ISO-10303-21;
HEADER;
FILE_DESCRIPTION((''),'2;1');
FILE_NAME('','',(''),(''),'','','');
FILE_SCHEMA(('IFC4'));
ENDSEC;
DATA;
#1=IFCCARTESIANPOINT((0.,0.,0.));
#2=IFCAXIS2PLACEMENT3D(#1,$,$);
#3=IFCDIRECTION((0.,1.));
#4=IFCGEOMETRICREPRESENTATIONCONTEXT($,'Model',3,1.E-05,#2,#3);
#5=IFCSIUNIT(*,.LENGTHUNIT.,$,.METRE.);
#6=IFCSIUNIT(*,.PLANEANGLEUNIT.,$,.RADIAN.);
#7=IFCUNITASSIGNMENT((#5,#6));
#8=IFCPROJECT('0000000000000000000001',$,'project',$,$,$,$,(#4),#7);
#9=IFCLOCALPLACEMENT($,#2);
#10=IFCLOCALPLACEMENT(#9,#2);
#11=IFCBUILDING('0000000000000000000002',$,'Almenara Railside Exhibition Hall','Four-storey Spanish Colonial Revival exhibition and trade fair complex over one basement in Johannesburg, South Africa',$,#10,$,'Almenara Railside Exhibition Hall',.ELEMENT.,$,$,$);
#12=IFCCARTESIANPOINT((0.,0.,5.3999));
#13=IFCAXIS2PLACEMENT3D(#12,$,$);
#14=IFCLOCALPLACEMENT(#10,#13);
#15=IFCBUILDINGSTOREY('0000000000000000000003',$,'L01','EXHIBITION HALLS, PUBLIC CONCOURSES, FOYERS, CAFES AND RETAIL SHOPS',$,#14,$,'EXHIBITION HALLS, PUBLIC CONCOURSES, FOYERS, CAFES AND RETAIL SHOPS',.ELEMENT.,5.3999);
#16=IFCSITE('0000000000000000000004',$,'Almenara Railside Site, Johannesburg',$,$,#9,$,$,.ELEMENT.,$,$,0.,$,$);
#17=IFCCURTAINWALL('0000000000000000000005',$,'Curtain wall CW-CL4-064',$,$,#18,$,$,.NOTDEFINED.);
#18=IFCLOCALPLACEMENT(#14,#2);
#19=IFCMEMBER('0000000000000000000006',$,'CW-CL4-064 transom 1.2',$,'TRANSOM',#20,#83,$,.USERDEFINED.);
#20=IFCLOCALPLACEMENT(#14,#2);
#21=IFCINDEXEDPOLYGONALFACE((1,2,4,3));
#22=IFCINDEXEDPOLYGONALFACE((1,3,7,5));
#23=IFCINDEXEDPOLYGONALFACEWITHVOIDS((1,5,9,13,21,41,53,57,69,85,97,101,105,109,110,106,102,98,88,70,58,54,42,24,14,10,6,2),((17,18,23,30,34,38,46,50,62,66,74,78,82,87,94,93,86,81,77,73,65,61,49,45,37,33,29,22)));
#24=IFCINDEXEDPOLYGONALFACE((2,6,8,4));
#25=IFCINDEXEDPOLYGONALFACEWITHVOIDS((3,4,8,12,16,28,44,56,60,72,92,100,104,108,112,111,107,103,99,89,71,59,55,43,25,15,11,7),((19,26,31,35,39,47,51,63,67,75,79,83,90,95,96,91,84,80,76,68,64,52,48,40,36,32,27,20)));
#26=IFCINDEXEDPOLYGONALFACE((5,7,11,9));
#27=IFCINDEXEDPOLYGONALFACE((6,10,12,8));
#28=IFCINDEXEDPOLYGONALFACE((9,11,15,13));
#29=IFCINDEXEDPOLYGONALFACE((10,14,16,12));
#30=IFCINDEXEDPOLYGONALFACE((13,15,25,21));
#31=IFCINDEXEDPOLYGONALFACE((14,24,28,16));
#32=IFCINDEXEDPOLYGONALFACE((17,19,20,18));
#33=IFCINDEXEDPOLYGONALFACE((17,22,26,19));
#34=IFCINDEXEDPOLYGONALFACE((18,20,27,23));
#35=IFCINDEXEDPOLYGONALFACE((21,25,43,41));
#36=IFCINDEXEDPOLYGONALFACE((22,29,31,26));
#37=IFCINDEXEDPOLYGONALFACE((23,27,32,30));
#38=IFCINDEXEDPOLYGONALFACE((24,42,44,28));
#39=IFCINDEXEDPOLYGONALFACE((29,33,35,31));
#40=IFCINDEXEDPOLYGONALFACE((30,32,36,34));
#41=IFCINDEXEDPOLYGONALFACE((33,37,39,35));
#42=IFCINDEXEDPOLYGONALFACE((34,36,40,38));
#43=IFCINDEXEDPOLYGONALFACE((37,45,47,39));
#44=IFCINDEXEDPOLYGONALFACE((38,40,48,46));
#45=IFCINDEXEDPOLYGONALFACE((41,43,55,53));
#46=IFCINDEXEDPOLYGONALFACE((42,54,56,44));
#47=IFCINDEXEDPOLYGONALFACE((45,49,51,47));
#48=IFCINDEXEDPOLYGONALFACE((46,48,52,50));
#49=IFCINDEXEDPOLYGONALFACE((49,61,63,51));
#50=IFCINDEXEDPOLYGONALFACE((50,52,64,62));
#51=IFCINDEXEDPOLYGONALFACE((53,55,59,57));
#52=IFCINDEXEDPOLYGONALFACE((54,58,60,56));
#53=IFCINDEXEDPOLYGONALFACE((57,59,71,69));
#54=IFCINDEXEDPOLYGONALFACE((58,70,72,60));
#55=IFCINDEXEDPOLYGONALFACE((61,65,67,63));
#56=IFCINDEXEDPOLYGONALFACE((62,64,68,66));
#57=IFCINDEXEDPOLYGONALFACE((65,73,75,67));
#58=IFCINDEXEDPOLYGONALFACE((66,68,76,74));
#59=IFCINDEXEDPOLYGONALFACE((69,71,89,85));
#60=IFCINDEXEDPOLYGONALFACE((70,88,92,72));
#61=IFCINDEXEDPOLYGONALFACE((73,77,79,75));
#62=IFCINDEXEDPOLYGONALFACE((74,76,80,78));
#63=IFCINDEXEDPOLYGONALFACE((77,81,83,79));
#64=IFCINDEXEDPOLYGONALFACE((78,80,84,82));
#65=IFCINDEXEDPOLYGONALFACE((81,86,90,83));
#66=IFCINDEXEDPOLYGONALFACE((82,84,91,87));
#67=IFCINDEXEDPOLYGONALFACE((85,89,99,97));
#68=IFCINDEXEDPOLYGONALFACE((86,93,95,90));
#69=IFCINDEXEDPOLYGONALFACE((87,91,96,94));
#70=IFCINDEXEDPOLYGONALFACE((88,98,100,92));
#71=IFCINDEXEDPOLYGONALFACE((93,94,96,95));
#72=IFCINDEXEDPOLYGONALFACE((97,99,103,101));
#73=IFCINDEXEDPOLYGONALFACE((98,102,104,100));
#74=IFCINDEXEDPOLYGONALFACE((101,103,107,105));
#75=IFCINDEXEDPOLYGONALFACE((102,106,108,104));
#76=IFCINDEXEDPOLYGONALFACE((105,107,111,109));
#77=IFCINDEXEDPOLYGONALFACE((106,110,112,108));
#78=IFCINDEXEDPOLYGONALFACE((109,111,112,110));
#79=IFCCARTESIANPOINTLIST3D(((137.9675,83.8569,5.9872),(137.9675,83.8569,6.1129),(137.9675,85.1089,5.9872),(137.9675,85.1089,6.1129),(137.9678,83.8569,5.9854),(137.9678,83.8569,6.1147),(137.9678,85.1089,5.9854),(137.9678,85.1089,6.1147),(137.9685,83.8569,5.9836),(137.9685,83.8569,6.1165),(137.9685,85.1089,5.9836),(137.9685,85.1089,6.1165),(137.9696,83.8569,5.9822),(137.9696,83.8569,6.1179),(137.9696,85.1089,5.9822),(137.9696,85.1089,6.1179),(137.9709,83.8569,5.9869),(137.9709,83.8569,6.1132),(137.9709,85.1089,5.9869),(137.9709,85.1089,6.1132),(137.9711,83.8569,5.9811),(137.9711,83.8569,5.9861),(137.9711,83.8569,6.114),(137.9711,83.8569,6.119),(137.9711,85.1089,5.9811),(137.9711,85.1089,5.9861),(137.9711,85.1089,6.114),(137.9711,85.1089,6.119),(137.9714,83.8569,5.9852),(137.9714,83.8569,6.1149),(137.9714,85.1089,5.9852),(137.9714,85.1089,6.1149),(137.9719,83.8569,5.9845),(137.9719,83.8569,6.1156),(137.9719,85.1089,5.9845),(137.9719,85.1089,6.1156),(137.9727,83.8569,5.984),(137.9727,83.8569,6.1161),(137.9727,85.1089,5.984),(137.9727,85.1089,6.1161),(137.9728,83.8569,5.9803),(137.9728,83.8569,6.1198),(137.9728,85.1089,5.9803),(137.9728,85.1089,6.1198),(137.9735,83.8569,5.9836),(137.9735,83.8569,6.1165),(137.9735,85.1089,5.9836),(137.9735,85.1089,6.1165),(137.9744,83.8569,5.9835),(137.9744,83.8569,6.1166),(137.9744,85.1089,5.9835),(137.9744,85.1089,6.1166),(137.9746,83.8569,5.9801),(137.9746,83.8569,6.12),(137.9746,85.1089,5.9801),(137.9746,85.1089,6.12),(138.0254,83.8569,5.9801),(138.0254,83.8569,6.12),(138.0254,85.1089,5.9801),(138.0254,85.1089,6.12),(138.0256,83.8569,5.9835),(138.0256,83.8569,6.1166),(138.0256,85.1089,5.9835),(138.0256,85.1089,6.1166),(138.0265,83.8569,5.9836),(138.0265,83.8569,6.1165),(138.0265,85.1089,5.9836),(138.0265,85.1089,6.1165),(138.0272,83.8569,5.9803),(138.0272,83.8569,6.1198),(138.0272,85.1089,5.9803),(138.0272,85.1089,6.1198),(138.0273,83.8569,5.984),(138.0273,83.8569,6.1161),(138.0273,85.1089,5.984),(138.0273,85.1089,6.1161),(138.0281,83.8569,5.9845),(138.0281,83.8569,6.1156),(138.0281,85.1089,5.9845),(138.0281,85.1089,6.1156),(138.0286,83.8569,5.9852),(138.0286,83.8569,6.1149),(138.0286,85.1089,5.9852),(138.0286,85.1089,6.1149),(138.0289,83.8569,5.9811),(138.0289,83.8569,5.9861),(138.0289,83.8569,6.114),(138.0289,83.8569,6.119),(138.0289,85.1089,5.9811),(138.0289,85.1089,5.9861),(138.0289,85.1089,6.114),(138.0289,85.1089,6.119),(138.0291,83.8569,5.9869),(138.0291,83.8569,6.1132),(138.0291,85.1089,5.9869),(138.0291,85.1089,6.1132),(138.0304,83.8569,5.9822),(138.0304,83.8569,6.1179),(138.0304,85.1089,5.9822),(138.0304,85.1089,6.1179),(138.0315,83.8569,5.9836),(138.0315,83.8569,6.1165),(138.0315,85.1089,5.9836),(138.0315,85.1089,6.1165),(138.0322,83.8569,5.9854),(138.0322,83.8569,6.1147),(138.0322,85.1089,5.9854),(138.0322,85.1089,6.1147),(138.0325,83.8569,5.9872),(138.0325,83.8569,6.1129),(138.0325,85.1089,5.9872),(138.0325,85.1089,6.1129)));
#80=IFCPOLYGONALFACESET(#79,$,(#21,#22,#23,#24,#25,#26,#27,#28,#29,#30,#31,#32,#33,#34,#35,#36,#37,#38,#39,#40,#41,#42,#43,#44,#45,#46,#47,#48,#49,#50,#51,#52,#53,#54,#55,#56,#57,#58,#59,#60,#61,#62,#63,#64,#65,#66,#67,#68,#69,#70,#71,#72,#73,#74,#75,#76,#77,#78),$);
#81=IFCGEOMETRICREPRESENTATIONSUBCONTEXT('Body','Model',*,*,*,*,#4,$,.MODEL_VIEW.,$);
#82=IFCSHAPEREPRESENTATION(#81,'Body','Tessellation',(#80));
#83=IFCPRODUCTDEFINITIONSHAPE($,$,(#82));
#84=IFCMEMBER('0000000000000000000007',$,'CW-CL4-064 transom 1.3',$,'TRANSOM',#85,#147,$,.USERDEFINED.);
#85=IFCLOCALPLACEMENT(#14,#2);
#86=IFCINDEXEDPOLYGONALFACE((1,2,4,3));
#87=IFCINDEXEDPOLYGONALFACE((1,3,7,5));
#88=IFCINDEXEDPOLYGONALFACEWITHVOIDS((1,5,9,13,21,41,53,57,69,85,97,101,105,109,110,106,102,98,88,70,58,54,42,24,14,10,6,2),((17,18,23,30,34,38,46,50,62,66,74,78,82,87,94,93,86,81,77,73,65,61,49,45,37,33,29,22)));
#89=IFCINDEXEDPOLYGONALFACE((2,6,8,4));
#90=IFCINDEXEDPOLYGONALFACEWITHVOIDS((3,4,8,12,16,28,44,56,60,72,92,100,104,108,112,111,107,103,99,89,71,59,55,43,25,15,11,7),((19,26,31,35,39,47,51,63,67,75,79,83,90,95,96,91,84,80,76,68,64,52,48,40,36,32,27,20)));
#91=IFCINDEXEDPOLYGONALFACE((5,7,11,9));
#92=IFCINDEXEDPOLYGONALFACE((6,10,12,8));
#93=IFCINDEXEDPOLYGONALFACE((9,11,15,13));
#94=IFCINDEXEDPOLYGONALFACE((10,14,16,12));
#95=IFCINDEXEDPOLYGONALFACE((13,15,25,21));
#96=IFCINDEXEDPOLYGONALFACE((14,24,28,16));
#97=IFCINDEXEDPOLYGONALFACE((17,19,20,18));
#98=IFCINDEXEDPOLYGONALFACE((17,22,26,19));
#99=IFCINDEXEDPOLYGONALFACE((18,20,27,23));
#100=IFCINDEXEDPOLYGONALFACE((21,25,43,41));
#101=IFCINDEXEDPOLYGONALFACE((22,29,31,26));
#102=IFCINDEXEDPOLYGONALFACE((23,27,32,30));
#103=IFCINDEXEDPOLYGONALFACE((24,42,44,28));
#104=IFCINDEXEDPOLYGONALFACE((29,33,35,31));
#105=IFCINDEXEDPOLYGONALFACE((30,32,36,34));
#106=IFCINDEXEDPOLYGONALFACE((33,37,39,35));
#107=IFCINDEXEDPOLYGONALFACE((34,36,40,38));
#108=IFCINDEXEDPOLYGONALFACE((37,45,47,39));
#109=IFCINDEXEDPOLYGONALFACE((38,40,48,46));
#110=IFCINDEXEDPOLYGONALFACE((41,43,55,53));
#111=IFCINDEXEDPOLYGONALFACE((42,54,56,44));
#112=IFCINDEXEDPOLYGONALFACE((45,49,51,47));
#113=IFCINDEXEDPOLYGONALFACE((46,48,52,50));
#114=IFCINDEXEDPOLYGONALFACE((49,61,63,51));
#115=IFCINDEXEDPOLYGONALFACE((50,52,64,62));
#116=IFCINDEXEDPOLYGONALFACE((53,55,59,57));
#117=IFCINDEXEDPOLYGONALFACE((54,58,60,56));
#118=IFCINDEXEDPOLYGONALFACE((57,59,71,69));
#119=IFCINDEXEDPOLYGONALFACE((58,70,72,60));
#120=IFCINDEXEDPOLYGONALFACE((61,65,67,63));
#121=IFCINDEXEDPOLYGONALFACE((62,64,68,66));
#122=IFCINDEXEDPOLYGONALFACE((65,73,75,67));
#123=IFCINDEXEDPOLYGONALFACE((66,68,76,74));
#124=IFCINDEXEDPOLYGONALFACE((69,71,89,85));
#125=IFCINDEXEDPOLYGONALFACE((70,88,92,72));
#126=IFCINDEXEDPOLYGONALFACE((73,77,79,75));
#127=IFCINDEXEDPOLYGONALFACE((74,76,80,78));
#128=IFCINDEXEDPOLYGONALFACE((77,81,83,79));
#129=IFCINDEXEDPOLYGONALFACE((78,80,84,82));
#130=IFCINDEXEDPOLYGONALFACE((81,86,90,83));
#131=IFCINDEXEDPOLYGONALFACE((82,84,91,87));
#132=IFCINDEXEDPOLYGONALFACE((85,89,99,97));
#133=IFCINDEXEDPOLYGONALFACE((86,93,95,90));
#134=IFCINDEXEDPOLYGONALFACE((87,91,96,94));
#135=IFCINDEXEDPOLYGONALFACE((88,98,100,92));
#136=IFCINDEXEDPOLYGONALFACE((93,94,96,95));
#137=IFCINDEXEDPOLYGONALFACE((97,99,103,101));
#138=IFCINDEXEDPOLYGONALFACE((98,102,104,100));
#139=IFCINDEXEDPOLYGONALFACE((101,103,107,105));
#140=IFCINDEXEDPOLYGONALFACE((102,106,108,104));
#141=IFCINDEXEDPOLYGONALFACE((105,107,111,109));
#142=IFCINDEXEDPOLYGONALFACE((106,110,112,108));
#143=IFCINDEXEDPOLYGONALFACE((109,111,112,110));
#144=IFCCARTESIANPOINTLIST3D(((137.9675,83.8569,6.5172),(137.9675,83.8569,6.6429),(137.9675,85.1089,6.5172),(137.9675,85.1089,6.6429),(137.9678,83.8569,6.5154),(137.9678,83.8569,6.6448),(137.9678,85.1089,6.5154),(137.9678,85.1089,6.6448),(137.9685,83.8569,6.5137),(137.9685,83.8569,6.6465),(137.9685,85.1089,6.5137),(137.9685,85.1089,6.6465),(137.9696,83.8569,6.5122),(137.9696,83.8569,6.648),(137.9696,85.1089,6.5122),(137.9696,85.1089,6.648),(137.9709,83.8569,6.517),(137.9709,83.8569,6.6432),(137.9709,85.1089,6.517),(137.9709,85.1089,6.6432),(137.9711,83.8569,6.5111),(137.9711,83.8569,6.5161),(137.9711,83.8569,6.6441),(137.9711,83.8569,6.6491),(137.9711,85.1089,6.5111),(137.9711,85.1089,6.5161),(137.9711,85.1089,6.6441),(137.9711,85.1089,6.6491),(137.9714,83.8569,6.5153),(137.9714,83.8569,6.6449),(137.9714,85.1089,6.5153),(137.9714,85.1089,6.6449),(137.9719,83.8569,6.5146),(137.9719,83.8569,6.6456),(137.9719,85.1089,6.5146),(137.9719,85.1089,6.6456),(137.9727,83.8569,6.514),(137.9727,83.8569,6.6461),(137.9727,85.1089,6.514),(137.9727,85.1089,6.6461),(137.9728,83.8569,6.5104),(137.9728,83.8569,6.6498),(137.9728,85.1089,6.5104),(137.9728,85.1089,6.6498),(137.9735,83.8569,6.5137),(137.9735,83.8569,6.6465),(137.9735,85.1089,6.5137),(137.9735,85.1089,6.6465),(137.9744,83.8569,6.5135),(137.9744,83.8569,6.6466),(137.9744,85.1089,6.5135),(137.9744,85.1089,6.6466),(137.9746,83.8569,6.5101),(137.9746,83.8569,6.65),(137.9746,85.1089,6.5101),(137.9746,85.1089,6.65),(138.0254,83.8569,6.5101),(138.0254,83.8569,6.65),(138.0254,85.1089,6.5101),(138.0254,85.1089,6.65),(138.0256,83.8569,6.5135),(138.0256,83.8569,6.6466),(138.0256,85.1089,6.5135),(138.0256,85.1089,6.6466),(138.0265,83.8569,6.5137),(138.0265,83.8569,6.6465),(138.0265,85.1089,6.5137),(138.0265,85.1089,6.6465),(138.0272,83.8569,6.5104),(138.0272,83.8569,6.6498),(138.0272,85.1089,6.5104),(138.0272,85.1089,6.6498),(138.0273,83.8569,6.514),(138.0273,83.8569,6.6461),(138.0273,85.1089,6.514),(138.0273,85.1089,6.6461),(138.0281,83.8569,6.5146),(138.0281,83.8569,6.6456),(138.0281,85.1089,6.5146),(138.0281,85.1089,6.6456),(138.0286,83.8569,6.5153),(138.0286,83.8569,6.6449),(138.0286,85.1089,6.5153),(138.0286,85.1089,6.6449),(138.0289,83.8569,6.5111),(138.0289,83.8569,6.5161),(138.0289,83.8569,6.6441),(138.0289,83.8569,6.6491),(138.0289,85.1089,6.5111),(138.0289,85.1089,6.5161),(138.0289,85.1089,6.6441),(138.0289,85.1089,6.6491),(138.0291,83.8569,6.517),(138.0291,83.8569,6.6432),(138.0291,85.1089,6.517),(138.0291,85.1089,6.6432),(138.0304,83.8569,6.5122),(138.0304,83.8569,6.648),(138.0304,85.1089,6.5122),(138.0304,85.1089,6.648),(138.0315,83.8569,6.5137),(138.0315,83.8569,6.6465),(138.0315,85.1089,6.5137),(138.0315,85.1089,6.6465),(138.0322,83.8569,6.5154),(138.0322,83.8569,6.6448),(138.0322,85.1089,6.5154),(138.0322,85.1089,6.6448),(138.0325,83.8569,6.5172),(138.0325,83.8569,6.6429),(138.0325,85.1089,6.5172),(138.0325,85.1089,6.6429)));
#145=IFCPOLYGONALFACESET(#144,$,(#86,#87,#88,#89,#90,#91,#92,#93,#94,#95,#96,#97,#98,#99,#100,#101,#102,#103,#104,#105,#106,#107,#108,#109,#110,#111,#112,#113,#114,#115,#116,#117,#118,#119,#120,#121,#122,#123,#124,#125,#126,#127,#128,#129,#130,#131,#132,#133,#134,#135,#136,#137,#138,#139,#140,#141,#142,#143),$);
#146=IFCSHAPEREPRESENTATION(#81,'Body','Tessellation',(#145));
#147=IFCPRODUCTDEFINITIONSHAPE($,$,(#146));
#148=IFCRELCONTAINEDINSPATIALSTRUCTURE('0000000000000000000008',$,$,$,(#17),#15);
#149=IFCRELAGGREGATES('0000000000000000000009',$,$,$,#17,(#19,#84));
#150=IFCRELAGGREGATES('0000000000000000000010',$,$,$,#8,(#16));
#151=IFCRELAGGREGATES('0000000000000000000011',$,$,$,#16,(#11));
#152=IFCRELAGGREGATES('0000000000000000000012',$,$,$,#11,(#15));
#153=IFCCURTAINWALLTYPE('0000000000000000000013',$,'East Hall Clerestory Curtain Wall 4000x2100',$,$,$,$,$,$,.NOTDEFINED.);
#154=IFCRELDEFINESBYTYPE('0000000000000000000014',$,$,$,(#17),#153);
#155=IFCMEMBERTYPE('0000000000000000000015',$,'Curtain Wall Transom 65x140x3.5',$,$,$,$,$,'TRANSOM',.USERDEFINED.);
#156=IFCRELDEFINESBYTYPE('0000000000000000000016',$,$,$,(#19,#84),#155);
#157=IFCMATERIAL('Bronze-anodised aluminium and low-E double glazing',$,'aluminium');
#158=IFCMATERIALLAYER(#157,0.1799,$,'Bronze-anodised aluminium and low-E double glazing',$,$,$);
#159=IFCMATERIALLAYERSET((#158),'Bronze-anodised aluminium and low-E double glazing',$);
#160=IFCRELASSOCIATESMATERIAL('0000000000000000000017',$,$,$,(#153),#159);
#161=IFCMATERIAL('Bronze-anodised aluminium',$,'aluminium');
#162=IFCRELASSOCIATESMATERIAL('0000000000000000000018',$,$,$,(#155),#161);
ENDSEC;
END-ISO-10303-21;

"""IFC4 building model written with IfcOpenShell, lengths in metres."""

from ifc_helpers import new_model, si_unit, direction, frame, origin, origin_2d, place, context, subcontext, project, spatial, hollow_rectangle, extrude, material, layer, layer_set, material_profile, profile_set, type_object, element, aggregate, save


model = new_model("IFC4")

# Units and contexts
model_context = context("Model", 3, precision=1e-05, world=origin(), true_north=direction((0.0, 1.0)))
body_context = subcontext(model_context, "Body", "Model", "MODEL_VIEW")
ifc_project = project(units=[si_unit("LENGTHUNIT", "METRE"), si_unit("PLANEANGLEUNIT", "RADIAN")], contexts=[model_context])

# Site, building, storey
site_placement = place(None, origin())
site = spatial("IfcSite", under=ifc_project, at=site_placement, Name="Almenara Railside Site, Johannesburg", CompositionType="ELEMENT", RefElevation=0.0)
building_placement = place(site_placement, origin())
building = spatial("IfcBuilding", under=site, at=building_placement, Name="Almenara Railside Exhibition Hall", Description="Four-storey Spanish Colonial Revival exhibition and trade fair complex over one basement in Johannesburg, South Africa", LongName="Almenara Railside Exhibition Hall", CompositionType="ELEMENT")
storey_placement = place(building_placement, frame((0.0, 0.0, 5.3999)))
storey = spatial("IfcBuildingStorey", under=building, at=storey_placement, Name="L01", Description="EXHIBITION HALLS, PUBLIC CONCOURSES, FOYERS, CAFES AND RETAIL SHOPS", LongName="EXHIBITION HALLS, PUBLIC CONCOURSES, FOYERS, CAFES AND RETAIL SHOPS", CompositionType="ELEMENT", Elevation=5.3999)

# Curtain wall
ifc_material_1 = material(Name="Bronze-anodised aluminium and low-E double glazing", Category="aluminium")
ifc_layer_1 = layer(ifc_material_1, 0.1799, Name="Bronze-anodised aluminium and low-E double glazing")
ifc_layer_set_1 = layer_set([ifc_layer_1], Name="Bronze-anodised aluminium and low-E double glazing")
curtain_wall_type = type_object("IfcCurtainWallType", Name="East Hall Clerestory Curtain Wall 4000x2100", PredefinedType="NOTDEFINED", material=ifc_layer_set_1)
curtain_wall_1_placement = place(storey_placement, origin())
curtain_wall_1 = element("IfcCurtainWall", 1, at=curtain_wall_1_placement, inside=storey, type_object=curtain_wall_type, Name="Curtain wall CW-CL4-064", PredefinedType="NOTDEFINED")
ifc_material_2 = material(Name="Bronze-anodised aluminium", Category="aluminium")

# Members
ifc_material_profile_1 = material_profile(ifc_material_2, hollow_rectangle(XDim=0.0649, YDim=0.1399, WallThickness=0.0034, InnerFilletRadius=0.0034, OuterFilletRadius=0.0071, at=origin_2d()), Name="ALU-TRN 65x140x3.5")
ifc_profile_set_1 = profile_set([ifc_material_profile_1], Name="Bronze-anodised aluminium")
member_type_1 = type_object("IfcMemberType", Name="Curtain Wall Transom 65x140x3.5", ElementType="TRANSOM", PredefinedType="USERDEFINED", material=ifc_profile_set_1)
member_1_placement = place(storey_placement, frame((138.0, 83.8569, 6.05), z_axis=(0.0, 1.0, 0.0), x_axis=(-1.0, 0.0, 0.0)))
member_1 = element("IfcMember", 2, at=member_1_placement, type_object=member_type_1, Name="CW-CL4-064 transom 1.2", ObjectType="TRANSOM", PredefinedType="USERDEFINED", context=body_context, shape_type="SweptSolid", body=[
    extrude(hollow_rectangle(XDim=0.0649, YDim=0.1399, WallThickness=0.0034, InnerFilletRadius=0.0034, OuterFilletRadius=0.0071, at=origin_2d()), origin(), (0.0, 0.0, 1.0), 1.252),
])
member_2_placement = place(storey_placement, frame((138.0, 83.8569, 6.5801), z_axis=(0.0, 1.0, 0.0), x_axis=(-1.0, 0.0, 0.0)))
member_2 = element("IfcMember", 3, at=member_2_placement, type_object=member_type_1, Name="CW-CL4-064 transom 1.3", ObjectType="TRANSOM", PredefinedType="USERDEFINED", context=body_context, shape_type="SweptSolid", body=[
    extrude(hollow_rectangle(XDim=0.0649, YDim=0.1399, WallThickness=0.0034, InnerFilletRadius=0.0034, OuterFilletRadius=0.0071, at=origin_2d()), origin(), (0.0, 0.0, 1.0), 1.252),
])

aggregate(curtain_wall_1, [member_1, member_2])

save(model, "model.ifc")
